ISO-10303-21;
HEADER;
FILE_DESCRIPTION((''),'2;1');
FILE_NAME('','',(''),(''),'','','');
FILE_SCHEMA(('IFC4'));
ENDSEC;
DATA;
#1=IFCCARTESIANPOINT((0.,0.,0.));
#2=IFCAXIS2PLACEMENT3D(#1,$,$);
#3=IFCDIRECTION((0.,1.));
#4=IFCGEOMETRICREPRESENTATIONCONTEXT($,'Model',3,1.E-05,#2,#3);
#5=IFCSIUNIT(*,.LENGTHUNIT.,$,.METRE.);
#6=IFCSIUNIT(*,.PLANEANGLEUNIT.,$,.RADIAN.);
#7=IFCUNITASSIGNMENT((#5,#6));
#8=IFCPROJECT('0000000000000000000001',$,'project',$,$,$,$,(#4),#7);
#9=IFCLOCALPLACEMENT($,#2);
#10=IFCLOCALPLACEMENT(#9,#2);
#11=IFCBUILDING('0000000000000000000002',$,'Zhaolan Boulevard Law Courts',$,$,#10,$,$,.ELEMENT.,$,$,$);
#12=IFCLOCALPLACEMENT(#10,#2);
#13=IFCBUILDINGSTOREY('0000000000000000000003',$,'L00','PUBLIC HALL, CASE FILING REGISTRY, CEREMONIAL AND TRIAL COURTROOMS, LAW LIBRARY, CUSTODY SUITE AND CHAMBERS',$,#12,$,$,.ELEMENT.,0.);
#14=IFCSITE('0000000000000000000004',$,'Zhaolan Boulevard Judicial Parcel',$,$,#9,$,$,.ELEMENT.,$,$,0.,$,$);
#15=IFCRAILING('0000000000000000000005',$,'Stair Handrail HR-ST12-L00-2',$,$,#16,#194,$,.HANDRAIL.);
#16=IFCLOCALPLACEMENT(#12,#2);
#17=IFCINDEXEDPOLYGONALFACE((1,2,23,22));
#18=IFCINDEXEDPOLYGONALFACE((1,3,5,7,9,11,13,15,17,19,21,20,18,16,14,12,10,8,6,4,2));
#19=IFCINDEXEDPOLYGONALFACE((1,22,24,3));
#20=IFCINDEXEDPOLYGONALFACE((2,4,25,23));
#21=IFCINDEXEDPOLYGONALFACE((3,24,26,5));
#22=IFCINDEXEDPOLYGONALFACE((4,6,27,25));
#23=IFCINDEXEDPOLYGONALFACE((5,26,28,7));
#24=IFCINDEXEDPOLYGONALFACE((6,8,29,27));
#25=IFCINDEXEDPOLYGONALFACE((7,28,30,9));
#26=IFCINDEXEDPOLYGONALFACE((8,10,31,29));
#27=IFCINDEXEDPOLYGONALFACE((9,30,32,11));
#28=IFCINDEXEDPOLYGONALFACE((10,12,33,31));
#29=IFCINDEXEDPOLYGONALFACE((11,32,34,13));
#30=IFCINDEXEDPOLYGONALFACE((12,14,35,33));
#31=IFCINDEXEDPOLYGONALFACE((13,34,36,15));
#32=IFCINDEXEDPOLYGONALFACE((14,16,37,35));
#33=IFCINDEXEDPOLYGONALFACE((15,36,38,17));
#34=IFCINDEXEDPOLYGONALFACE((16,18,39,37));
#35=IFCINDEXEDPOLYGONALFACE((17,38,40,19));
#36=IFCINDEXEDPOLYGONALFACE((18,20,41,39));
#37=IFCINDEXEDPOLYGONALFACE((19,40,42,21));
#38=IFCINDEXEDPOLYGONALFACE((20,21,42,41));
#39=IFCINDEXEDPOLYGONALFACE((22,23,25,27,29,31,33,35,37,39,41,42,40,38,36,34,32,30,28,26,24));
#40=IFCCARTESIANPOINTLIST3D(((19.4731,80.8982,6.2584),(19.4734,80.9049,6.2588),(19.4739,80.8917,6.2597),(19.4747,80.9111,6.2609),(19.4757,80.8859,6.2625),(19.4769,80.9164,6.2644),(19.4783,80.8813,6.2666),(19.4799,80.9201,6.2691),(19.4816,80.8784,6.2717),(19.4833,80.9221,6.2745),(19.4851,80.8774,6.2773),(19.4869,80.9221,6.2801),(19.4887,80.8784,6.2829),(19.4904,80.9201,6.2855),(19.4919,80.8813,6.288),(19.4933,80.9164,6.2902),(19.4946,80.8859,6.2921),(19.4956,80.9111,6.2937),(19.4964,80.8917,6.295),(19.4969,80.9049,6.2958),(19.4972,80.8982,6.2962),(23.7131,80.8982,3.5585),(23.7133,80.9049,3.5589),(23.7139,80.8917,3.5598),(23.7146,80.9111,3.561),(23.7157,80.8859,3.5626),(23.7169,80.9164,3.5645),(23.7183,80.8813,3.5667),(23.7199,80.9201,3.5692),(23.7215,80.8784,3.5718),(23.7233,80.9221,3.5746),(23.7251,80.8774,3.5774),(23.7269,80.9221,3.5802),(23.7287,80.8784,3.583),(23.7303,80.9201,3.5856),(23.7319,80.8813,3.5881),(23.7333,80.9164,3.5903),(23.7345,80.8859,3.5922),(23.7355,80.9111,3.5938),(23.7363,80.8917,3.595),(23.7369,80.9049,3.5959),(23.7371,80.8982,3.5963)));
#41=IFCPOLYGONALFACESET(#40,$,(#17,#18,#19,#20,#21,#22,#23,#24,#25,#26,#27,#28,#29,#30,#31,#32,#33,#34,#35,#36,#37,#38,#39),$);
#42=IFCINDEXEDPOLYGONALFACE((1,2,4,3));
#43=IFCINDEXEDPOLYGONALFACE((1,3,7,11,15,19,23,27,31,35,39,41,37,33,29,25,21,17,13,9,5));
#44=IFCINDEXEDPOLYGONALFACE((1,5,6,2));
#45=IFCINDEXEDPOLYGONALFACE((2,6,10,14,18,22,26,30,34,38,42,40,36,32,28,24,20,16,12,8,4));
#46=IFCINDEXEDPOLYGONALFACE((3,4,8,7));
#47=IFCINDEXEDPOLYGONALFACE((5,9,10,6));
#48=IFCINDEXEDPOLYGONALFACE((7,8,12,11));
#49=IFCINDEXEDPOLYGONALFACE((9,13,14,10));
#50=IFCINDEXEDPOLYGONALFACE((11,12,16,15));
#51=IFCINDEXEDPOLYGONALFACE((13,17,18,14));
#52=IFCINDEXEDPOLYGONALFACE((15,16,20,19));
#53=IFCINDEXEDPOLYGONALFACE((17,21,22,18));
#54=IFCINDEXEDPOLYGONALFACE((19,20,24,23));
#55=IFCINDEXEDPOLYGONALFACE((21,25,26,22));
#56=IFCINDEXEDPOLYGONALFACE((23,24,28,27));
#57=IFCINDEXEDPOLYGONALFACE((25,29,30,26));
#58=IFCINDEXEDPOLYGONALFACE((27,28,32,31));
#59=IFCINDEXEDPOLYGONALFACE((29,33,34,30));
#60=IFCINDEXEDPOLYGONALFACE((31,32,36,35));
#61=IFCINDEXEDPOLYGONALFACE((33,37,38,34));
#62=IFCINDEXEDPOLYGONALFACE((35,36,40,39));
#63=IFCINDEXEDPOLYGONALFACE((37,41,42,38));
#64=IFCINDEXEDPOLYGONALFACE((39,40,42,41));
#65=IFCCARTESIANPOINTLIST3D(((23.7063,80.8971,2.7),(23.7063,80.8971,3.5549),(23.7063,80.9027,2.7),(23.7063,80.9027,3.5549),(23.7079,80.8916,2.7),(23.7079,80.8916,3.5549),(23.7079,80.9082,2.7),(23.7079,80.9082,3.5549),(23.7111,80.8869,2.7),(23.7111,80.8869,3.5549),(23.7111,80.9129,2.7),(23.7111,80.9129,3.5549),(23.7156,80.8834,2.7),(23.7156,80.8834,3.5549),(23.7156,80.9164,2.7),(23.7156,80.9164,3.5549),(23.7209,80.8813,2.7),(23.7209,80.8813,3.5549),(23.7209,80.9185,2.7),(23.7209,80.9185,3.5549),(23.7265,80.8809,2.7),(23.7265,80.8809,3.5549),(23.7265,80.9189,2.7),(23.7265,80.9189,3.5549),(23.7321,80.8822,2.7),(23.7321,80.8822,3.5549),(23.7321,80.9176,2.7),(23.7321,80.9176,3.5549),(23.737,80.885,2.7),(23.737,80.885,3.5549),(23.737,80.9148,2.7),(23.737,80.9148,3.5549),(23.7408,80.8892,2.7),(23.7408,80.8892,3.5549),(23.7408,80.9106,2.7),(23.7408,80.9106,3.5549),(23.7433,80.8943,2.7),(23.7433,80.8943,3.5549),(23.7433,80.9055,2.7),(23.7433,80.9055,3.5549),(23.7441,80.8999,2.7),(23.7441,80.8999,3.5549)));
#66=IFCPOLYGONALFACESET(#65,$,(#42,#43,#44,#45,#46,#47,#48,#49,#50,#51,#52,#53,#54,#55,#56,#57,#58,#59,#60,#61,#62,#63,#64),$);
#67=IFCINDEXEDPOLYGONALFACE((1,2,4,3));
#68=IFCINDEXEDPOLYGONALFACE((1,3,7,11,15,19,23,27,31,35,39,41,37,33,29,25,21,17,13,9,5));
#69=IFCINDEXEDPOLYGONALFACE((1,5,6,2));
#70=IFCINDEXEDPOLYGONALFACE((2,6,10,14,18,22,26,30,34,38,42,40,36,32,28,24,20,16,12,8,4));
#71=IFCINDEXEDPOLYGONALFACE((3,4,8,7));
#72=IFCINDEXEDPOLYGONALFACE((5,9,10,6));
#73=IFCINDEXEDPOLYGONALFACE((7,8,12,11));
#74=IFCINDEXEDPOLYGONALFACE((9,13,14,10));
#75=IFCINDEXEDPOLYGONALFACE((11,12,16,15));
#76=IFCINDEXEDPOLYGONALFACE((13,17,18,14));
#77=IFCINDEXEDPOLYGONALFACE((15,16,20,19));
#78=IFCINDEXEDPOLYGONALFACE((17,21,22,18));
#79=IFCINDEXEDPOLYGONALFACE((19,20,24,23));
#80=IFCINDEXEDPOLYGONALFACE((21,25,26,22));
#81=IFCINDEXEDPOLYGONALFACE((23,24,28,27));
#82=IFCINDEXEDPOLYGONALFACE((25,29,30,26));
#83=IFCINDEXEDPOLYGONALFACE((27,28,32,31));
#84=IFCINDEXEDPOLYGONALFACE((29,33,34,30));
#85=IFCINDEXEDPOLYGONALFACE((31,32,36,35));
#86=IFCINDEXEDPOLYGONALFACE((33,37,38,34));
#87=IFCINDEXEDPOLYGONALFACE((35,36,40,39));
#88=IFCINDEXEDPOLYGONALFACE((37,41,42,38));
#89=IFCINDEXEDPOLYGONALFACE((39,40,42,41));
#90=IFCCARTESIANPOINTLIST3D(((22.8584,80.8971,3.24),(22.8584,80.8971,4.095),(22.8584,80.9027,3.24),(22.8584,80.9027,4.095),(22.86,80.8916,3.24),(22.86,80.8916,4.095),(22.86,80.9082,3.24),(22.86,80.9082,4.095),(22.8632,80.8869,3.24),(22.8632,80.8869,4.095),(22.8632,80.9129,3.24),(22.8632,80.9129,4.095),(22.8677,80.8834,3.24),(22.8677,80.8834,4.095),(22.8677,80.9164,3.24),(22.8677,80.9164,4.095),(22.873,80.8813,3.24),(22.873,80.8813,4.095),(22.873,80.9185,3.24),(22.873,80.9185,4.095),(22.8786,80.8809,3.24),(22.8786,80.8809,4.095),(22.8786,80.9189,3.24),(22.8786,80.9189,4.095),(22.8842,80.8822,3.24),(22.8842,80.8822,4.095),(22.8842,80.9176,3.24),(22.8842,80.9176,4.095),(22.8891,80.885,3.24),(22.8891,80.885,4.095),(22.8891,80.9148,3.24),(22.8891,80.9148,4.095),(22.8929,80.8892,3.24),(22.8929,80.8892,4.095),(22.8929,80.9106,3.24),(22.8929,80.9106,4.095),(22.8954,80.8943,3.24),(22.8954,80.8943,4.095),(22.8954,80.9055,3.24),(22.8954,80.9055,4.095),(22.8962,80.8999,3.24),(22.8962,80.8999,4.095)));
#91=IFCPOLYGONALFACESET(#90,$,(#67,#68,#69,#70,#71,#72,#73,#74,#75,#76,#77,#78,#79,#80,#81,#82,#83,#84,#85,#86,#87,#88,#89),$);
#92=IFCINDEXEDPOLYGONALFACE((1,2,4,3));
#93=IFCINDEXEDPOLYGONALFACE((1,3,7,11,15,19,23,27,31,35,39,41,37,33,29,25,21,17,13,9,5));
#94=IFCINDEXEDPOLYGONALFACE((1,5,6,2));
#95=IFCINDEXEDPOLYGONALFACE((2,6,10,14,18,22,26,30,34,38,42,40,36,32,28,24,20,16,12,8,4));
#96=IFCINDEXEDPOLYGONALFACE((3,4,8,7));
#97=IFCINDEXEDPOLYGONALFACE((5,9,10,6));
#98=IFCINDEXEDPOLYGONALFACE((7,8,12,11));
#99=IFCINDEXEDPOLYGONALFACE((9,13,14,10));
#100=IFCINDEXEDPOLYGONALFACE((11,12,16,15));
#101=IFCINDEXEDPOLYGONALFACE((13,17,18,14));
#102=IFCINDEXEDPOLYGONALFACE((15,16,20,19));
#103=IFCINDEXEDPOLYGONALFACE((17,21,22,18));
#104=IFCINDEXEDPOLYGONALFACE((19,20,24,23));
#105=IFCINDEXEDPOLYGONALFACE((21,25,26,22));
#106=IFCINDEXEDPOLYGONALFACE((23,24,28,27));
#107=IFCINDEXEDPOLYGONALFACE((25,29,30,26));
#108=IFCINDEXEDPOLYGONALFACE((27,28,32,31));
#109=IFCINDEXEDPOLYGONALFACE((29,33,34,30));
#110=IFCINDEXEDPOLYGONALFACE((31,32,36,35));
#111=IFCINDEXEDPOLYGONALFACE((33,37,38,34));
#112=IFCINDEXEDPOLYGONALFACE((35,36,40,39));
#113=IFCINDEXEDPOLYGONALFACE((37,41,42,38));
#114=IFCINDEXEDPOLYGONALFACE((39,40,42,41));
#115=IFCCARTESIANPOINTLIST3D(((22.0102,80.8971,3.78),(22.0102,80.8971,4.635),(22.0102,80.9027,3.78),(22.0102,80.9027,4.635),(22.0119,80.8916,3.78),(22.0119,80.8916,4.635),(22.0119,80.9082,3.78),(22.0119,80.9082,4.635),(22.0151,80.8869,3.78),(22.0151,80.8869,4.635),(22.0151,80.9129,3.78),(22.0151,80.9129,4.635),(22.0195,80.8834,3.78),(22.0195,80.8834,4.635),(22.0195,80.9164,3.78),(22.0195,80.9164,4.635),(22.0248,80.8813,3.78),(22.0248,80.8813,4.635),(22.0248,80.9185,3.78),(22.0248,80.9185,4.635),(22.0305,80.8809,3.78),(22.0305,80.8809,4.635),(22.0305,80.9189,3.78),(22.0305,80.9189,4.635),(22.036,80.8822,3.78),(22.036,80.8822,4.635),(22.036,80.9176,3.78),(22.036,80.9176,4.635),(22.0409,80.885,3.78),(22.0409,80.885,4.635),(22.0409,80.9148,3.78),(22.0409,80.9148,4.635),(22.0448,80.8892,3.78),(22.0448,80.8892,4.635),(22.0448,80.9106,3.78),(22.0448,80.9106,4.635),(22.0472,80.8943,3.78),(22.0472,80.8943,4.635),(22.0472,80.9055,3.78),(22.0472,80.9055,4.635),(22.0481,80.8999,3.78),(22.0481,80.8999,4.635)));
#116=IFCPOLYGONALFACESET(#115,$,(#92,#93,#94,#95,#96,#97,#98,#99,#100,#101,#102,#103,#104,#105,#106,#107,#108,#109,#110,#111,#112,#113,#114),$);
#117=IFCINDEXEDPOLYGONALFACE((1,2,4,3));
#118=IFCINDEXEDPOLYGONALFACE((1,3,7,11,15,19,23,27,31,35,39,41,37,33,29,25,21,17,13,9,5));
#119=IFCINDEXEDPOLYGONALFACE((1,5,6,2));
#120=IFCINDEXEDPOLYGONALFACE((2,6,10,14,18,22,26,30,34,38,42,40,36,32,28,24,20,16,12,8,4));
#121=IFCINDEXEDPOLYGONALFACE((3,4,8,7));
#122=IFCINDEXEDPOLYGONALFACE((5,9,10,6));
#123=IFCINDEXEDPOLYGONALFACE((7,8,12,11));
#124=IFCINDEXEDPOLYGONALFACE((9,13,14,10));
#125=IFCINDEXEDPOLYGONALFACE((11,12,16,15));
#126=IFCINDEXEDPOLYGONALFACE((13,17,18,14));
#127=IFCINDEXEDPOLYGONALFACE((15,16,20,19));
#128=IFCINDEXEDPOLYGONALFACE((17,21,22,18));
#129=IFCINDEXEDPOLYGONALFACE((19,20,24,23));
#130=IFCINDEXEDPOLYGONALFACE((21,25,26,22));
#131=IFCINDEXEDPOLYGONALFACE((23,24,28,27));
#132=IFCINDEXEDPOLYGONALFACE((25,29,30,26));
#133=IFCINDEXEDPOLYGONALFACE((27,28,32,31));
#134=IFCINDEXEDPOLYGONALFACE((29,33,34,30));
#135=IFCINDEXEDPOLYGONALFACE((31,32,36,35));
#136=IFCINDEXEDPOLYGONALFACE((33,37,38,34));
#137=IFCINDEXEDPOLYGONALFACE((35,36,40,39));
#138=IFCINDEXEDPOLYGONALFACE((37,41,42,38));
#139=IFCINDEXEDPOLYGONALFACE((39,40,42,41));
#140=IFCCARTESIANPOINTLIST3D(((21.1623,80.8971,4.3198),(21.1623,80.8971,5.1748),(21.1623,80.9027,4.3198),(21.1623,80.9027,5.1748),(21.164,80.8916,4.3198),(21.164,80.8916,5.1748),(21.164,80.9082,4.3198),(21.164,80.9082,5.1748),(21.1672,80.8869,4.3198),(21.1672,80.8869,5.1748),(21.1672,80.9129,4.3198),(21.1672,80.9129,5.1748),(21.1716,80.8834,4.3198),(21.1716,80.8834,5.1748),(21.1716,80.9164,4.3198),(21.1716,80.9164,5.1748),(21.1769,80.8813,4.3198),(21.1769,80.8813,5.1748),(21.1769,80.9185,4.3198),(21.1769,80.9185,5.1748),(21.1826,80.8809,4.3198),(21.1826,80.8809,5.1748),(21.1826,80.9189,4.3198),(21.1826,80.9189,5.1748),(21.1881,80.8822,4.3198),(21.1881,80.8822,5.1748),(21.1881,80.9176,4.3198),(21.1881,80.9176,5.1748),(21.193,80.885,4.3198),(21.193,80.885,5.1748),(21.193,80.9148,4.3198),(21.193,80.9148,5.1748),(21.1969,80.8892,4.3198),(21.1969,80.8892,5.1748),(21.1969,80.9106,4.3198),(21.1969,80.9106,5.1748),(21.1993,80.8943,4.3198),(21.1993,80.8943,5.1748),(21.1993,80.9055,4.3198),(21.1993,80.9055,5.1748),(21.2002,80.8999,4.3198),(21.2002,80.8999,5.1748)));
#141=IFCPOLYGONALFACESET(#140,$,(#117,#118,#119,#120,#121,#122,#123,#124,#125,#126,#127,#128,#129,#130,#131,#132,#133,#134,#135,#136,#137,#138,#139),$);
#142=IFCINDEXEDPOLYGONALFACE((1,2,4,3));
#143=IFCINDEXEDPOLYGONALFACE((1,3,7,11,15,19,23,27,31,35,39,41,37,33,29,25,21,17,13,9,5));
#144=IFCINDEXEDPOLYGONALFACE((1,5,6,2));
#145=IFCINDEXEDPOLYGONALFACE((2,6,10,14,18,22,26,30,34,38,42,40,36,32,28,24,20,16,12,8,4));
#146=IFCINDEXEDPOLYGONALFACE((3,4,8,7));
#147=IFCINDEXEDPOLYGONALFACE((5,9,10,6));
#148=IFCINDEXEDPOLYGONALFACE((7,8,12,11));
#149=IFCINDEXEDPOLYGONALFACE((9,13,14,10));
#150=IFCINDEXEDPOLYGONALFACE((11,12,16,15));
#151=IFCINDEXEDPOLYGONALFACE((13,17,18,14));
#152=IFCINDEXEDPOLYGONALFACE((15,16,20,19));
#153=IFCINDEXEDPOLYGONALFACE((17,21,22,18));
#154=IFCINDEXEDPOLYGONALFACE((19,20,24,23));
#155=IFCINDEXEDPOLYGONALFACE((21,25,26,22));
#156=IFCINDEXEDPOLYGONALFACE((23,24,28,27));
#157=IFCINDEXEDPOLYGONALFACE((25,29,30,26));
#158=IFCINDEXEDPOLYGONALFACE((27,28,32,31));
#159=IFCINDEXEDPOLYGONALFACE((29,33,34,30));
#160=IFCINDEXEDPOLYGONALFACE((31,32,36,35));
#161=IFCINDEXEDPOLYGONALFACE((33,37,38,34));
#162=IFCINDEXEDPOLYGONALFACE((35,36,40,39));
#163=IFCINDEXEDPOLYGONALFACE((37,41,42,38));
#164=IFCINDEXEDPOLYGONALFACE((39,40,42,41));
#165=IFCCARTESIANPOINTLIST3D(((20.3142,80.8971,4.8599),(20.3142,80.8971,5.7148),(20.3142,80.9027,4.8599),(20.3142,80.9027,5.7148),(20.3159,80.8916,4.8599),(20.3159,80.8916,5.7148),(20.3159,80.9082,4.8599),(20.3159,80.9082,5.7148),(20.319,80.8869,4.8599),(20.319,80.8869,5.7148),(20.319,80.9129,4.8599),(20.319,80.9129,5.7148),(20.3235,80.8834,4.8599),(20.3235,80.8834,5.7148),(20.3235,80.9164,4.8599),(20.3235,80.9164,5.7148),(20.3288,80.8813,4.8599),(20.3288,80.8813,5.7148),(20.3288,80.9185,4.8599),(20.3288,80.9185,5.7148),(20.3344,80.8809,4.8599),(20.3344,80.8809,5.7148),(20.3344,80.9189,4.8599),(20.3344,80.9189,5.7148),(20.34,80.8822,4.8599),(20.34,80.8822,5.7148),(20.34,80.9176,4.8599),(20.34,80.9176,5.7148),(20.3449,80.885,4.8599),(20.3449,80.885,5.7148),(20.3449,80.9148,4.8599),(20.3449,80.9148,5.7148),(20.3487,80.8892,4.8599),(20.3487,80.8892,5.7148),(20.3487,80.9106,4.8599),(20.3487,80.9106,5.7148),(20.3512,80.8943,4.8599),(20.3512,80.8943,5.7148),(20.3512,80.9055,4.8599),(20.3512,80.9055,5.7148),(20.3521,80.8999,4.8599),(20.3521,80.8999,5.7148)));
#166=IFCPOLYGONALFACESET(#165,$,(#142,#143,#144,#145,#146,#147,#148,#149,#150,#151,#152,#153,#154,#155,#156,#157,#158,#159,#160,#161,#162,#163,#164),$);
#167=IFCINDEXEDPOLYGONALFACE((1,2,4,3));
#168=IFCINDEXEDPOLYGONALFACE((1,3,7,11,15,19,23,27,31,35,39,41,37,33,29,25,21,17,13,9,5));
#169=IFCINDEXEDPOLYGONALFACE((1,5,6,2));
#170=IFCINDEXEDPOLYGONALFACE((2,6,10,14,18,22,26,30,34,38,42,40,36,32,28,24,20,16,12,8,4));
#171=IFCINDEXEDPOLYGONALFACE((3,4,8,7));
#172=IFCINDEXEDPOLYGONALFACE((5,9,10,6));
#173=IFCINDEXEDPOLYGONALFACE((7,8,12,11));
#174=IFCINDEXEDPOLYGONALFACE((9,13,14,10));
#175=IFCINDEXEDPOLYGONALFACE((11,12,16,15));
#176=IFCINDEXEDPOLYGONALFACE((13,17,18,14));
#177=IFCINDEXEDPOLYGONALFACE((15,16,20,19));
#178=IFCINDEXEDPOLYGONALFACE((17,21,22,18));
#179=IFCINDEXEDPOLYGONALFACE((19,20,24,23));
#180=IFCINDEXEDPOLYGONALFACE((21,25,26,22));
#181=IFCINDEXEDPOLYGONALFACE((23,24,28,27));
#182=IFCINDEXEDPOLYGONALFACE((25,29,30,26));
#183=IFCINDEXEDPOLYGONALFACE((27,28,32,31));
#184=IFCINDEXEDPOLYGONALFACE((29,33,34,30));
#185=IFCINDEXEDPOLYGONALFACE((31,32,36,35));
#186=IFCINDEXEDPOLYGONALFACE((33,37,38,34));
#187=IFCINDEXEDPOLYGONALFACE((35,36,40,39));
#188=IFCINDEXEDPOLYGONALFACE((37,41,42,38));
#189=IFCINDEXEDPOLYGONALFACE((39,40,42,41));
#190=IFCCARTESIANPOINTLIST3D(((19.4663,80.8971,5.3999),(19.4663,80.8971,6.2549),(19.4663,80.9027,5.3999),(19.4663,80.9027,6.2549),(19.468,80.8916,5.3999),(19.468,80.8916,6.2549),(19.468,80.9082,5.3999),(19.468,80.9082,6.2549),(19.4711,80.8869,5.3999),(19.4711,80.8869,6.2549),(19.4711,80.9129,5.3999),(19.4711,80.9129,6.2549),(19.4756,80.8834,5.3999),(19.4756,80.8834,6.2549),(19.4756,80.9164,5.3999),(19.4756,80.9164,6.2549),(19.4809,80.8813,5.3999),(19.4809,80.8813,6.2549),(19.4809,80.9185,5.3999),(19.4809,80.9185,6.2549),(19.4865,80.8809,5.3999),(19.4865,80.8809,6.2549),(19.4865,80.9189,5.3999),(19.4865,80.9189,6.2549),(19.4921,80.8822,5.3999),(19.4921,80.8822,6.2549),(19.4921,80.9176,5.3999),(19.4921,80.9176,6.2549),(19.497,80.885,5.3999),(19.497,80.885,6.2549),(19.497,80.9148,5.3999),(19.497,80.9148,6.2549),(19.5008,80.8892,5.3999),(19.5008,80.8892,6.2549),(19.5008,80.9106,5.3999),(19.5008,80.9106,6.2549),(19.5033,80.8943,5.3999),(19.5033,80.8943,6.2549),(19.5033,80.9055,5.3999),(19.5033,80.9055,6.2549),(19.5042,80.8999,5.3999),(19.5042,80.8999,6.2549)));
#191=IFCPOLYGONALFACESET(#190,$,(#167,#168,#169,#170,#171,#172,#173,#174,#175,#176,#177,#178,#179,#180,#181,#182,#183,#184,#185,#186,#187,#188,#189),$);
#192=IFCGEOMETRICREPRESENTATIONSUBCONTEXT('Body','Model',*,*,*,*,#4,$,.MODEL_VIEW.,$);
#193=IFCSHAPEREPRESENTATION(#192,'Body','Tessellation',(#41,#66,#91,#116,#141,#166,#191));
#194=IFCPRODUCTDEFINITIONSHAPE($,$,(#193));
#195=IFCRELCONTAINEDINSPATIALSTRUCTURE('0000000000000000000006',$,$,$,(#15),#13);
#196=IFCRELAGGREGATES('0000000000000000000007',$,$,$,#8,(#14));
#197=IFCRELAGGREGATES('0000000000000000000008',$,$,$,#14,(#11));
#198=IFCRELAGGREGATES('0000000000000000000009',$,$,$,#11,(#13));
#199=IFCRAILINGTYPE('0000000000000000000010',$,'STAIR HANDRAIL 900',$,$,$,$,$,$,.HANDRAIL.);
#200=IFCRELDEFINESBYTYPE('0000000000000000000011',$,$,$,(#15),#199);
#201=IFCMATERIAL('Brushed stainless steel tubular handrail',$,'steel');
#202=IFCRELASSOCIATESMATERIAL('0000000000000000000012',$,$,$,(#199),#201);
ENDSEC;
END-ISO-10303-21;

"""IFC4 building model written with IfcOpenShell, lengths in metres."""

from ifc_helpers import new_model, si_unit, direction, frame, origin, origin_2d, place, context, subcontext, project, spatial, circle, extrude, material, type_object, element, save


model = new_model("IFC4")

# Units and contexts
model_context = context("Model", 3, precision=1e-05, world=origin(), true_north=direction((0.0, 1.0)))
body_context = subcontext(model_context, "Body", "Model", "MODEL_VIEW")
ifc_project = project(units=[si_unit("LENGTHUNIT", "METRE"), si_unit("PLANEANGLEUNIT", "RADIAN")], contexts=[model_context])

# Site, building, storey
site_placement = place(None, origin())
site = spatial("IfcSite", under=ifc_project, at=site_placement, Name="Zhaolan Boulevard Judicial Parcel", CompositionType="ELEMENT", RefElevation=0.0)
building_placement = place(site_placement, origin())
building = spatial("IfcBuilding", under=site, at=building_placement, Name="Zhaolan Boulevard Law Courts", CompositionType="ELEMENT")
storey_placement = place(building_placement, origin())
storey = spatial("IfcBuildingStorey", under=building, at=storey_placement, Name="L00", Description="PUBLIC HALL, CASE FILING REGISTRY, CEREMONIAL AND TRIAL COURTROOMS, LAW LIBRARY, CUSTODY SUITE AND CHAMBERS", CompositionType="ELEMENT", Elevation=0.0)

# Railing
ifc_material_1 = material(Name="Brushed stainless steel tubular handrail", Category="steel")
railing_type_1 = type_object("IfcRailingType", Name="STAIR HANDRAIL 900", PredefinedType="HANDRAIL", material=ifc_material_1)
railing_1_placement = place(storey_placement, frame((23.7251, 80.8999, 2.7)))
element("IfcRailing", 1, at=railing_1_placement, inside=storey, type_object=railing_type_1, Name="Stair Handrail HR-ST12-L00-2", PredefinedType="HANDRAIL", context=body_context, shape_type="SweptSolid", body=[
    extrude(circle(Radius=0.0225, at=origin_2d()), frame((0.0, 0.0, 0.8774), z_axis=(-0.843501, 0.0, 0.537127), x_axis=(0.0, -1.0, 0.0)), (0.0, 0.0, 1.0), 5.0266),
    extrude(circle(Radius=0.019, at=origin_2d()), origin(), (0.0, 0.0, 1.0), 0.855),
    extrude(circle(Radius=0.019, at=origin_2d()), frame((-0.8479, 0.0, 0.54)), (0.0, 0.0, 1.0), 0.855),
    extrude(circle(Radius=0.019, at=origin_2d()), frame((-1.696, 0.0, 1.0801)), (0.0, 0.0, 1.0), 0.855),
    extrude(circle(Radius=0.019, at=origin_2d()), frame((-2.5439, 0.0, 1.6199)), (0.0, 0.0, 1.0), 0.855),
    extrude(circle(Radius=0.019, at=origin_2d()), frame((-3.3921, 0.0, 2.1599)), (0.0, 0.0, 1.0), 0.855),
    extrude(circle(Radius=0.019, at=origin_2d()), frame((-4.24, 0.0, 2.7)), (0.0, 0.0, 1.0), 0.855),
])

save(model, "model.ifc")
